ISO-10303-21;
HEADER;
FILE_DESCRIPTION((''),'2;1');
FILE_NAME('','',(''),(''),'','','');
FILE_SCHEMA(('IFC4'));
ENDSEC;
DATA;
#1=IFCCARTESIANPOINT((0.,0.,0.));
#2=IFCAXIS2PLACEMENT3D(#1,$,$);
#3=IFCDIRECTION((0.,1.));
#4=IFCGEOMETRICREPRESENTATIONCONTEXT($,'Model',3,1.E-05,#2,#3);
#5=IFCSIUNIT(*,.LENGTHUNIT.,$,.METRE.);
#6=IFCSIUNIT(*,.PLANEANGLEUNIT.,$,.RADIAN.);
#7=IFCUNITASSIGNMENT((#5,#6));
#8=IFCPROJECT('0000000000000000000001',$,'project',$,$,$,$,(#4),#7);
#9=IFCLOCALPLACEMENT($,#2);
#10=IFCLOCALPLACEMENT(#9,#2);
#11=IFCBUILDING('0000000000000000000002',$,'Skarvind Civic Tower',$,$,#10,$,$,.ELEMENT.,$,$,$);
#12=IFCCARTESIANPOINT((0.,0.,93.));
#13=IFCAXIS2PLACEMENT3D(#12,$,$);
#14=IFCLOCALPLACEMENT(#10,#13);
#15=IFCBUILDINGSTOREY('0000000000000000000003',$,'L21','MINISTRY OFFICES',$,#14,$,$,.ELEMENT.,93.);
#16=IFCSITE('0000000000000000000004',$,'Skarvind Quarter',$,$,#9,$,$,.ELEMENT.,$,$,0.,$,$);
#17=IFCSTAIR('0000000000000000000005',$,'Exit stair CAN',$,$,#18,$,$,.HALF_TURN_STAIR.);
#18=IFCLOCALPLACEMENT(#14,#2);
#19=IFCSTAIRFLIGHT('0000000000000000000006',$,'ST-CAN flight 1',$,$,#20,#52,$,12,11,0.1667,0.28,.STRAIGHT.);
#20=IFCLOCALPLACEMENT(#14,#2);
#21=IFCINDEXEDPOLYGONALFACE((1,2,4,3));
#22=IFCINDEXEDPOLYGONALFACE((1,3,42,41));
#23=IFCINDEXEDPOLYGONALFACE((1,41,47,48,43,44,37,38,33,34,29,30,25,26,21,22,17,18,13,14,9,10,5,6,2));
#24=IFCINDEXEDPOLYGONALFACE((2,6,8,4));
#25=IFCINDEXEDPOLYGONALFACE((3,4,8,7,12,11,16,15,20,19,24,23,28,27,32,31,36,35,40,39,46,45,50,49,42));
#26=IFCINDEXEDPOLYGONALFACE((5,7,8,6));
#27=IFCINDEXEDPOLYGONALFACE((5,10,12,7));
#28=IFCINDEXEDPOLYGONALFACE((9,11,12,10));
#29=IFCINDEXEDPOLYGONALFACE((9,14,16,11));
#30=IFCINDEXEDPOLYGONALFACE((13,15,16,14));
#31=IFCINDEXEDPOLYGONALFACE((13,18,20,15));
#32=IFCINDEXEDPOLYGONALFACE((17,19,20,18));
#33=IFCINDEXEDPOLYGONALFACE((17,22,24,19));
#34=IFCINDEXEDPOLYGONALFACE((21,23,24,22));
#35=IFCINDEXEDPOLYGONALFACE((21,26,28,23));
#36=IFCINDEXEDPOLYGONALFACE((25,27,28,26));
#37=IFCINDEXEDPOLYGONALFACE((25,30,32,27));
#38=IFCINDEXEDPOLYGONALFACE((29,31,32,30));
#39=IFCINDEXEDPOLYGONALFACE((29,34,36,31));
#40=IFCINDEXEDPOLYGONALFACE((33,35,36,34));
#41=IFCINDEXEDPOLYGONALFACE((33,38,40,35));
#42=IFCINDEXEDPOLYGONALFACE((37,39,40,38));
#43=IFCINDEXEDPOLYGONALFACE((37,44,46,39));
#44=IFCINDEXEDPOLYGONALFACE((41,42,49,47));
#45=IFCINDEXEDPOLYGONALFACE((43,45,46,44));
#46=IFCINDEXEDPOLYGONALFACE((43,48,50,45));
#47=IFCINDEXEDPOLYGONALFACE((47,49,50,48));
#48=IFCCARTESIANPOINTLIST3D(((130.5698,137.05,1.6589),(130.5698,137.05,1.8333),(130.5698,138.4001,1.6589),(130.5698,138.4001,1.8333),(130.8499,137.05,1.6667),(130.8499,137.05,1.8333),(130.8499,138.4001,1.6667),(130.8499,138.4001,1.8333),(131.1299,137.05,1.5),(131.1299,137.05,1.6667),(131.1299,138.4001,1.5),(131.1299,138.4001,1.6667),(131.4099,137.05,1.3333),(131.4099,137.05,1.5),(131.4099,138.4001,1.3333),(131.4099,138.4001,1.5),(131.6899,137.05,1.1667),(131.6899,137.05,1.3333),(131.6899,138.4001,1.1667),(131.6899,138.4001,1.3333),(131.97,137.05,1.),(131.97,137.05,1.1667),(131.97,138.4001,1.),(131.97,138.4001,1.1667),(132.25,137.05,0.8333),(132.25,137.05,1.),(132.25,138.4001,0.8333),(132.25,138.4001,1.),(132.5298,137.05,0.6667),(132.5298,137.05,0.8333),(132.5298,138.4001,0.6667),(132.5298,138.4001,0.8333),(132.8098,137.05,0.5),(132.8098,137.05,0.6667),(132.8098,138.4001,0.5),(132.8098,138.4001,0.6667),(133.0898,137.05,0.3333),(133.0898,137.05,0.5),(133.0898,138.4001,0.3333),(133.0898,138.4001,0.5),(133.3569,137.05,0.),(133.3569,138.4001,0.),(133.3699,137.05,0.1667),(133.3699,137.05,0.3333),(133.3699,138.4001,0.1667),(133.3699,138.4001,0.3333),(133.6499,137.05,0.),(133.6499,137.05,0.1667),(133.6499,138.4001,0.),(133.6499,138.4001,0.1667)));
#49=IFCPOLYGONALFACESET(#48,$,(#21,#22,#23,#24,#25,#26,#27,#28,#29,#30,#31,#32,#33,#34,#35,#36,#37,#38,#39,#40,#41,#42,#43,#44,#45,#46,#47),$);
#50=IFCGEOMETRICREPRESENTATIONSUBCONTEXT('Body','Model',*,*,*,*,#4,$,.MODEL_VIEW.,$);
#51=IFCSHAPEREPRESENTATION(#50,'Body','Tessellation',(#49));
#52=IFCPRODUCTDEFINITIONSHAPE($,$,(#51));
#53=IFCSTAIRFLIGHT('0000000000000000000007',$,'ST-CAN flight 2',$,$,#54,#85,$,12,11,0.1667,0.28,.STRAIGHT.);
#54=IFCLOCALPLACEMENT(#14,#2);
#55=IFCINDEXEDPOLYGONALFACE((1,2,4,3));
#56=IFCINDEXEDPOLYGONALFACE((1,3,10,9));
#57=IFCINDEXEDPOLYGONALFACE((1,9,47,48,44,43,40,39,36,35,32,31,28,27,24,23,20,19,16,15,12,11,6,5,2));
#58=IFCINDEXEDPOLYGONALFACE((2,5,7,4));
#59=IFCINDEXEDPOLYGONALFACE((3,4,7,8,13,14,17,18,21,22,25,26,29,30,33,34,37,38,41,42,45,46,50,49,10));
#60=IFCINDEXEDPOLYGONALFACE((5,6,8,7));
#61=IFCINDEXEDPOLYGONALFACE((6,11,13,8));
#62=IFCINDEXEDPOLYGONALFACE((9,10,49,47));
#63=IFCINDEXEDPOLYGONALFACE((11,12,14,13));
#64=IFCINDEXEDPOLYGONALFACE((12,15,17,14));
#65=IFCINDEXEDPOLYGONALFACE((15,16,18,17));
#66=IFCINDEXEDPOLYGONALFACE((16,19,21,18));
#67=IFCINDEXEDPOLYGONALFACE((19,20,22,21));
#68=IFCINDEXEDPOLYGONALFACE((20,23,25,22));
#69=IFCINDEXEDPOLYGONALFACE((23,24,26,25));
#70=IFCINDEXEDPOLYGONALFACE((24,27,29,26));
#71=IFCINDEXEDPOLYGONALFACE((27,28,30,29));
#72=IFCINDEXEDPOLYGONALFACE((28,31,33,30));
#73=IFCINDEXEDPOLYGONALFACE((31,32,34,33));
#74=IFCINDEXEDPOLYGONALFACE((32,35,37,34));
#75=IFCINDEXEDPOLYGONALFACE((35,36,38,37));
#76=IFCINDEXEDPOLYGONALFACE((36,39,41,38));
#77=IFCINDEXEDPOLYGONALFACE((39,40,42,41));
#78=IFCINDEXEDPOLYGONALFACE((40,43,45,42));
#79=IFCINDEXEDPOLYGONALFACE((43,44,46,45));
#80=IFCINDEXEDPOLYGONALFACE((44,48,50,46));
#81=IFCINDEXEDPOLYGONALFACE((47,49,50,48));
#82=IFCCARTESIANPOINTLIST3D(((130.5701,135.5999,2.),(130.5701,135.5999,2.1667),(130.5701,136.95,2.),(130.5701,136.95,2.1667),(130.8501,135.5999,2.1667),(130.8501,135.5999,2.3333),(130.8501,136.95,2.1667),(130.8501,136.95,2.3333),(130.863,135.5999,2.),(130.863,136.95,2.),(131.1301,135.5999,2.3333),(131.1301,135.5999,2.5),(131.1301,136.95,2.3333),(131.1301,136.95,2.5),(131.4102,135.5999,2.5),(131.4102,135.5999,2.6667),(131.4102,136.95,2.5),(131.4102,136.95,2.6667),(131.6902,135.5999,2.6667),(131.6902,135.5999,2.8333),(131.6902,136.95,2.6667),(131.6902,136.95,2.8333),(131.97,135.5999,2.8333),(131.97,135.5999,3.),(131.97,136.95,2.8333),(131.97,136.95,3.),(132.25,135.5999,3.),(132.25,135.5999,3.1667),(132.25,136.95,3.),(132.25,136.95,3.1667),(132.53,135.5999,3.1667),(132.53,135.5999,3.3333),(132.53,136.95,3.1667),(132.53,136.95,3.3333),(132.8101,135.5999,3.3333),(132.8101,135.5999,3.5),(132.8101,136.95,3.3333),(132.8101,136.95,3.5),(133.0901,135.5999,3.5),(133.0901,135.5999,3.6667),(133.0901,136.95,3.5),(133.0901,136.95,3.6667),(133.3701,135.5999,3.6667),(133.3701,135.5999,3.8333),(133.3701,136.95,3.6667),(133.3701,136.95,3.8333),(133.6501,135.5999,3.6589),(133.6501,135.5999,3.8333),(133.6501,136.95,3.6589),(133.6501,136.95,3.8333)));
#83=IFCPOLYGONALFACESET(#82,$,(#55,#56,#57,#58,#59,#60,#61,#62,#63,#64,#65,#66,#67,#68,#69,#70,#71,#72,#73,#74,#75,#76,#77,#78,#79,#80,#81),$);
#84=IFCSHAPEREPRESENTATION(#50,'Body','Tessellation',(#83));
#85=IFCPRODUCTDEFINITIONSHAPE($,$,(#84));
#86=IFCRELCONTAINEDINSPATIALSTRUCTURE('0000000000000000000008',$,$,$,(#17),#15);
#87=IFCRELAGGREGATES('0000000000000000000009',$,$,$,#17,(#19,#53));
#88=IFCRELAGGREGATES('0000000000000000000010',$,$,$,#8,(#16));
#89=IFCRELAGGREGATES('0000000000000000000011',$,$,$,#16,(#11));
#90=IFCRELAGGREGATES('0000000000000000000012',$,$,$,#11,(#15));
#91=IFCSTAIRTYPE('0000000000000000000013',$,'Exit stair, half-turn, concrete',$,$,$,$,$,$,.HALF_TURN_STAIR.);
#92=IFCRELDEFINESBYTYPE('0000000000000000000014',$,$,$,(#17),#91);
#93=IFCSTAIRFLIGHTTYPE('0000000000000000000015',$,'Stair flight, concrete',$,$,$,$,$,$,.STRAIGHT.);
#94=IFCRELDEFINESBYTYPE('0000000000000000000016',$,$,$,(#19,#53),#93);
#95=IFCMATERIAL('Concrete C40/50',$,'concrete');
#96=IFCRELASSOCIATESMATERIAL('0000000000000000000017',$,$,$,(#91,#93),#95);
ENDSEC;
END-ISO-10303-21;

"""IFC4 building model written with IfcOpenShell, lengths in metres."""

from ifc_helpers import new_model, si_unit, direction, frame, origin, place, context, subcontext, project, spatial, polyline, outline, extrude, material, type_object, element, aggregate, save


model = new_model("IFC4")

# Units and contexts
model_context = context("Model", 3, precision=1e-05, world=origin(), true_north=direction((0.0, 1.0)))
body_context = subcontext(model_context, "Body", "Model", "MODEL_VIEW")
ifc_project = project(units=[si_unit("LENGTHUNIT", "METRE"), si_unit("PLANEANGLEUNIT", "RADIAN")], contexts=[model_context])

# Site, building, storey
site_placement = place(None, origin())
site = spatial("IfcSite", under=ifc_project, at=site_placement, Name="Skarvind Quarter", CompositionType="ELEMENT", RefElevation=0.0)
building_placement = place(site_placement, origin())
building = spatial("IfcBuilding", under=site, at=building_placement, Name="Skarvind Civic Tower", CompositionType="ELEMENT")
storey_placement = place(building_placement, frame((0.0, 0.0, 93.0)))
storey = spatial("IfcBuildingStorey", under=building, at=storey_placement, Name="L21", Description="MINISTRY OFFICES", CompositionType="ELEMENT", Elevation=93.0)

# Stair, stair flights
ifc_material_1 = material(Name="Concrete C40/50", Category="concrete")
stair_type = type_object("IfcStairType", Name="Exit stair, half-turn, concrete", PredefinedType="HALF_TURN_STAIR", material=ifc_material_1)
stair_placement = place(storey_placement, origin())
stair = element("IfcStair", 1, at=stair_placement, inside=storey, type_object=stair_type, Name="Exit stair CAN", PredefinedType="HALF_TURN_STAIR")
stair_flight_type = type_object("IfcStairFlightType", Name="Stair flight, concrete", PredefinedType="STRAIGHT", material=ifc_material_1)
stair_flight_1_placement = place(storey_placement, frame((133.6499, 137.7251, 0.0), z_axis=(0.0, 0.0, 1.0), x_axis=(-1.0, 0.0, 0.0)))
stair_flight_1 = element("IfcStairFlight", 2, at=stair_flight_1_placement, type_object=stair_flight_type, Name="ST-CAN flight 1", NumberOfRisers=12, NumberOfTreads=11, PredefinedType="STRAIGHT", RiserHeight=0.1667, TreadLength=0.28, context=body_context, shape_type="SweptSolid", body=[
    extrude(outline(polyline([(0.0, 0.0), (0.0, 0.1667), (0.28, 0.1667), (0.28, 0.3333), (0.5601, 0.3333), (0.5601, 0.5), (0.8401, 0.5), (0.8401, 0.6667), (1.1201, 0.6667), (1.1201, 0.8333), (1.3999, 0.8333), (1.3999, 1.0), (1.6799, 1.0), (1.6799, 1.1667), (1.96, 1.1667), (1.96, 1.3333), (2.24, 1.3333), (2.24, 1.5), (2.52, 1.5), (2.52, 1.6667), (2.8, 1.6667), (2.8, 1.8333), (3.0801, 1.8333), (3.0801, 2.0), (3.0801, 1.6589), (0.293, 0.0), (0.0, 0.0)])), frame((0.0, 0.675, 0.0), z_axis=(0.0, -1.0, 0.0), x_axis=(1.0, 0.0, 0.0)), (0.0, 0.0, 1.0), 1.3501),
])
stair_flight_2_placement = place(storey_placement, frame((130.5701, 136.2749, 2.0), z_axis=(0.0, 0.0, 1.0), x_axis=(1.0, 0.0, 0.0)))
stair_flight_2 = element("IfcStairFlight", 3, at=stair_flight_2_placement, type_object=stair_flight_type, Name="ST-CAN flight 2", NumberOfRisers=12, NumberOfTreads=11, PredefinedType="STRAIGHT", RiserHeight=0.1667, TreadLength=0.28, context=body_context, shape_type="SweptSolid", body=[
    extrude(outline(polyline([(0.0, 0.0), (0.0, 0.1667), (0.28, 0.1667), (0.28, 0.3333), (0.5601, 0.3333), (0.5601, 0.5), (0.8401, 0.5), (0.8401, 0.6667), (1.1201, 0.6667), (1.1201, 0.8333), (1.3999, 0.8333), (1.3999, 1.0), (1.6799, 1.0), (1.6799, 1.1667), (1.96, 1.1667), (1.96, 1.3333), (2.24, 1.3333), (2.24, 1.5), (2.52, 1.5), (2.52, 1.6667), (2.8, 1.6667), (2.8, 1.8333), (3.0801, 1.8333), (3.0801, 2.0), (3.0801, 1.6589), (0.293, 0.0), (0.0, 0.0)])), frame((0.0, 0.675, 0.0), z_axis=(0.0, -1.0, 0.0), x_axis=(1.0, 0.0, 0.0)), (0.0, 0.0, 1.0), 1.3501),
])
aggregate(stair, [stair_flight_1, stair_flight_2])

save(model, "model.ifc")
